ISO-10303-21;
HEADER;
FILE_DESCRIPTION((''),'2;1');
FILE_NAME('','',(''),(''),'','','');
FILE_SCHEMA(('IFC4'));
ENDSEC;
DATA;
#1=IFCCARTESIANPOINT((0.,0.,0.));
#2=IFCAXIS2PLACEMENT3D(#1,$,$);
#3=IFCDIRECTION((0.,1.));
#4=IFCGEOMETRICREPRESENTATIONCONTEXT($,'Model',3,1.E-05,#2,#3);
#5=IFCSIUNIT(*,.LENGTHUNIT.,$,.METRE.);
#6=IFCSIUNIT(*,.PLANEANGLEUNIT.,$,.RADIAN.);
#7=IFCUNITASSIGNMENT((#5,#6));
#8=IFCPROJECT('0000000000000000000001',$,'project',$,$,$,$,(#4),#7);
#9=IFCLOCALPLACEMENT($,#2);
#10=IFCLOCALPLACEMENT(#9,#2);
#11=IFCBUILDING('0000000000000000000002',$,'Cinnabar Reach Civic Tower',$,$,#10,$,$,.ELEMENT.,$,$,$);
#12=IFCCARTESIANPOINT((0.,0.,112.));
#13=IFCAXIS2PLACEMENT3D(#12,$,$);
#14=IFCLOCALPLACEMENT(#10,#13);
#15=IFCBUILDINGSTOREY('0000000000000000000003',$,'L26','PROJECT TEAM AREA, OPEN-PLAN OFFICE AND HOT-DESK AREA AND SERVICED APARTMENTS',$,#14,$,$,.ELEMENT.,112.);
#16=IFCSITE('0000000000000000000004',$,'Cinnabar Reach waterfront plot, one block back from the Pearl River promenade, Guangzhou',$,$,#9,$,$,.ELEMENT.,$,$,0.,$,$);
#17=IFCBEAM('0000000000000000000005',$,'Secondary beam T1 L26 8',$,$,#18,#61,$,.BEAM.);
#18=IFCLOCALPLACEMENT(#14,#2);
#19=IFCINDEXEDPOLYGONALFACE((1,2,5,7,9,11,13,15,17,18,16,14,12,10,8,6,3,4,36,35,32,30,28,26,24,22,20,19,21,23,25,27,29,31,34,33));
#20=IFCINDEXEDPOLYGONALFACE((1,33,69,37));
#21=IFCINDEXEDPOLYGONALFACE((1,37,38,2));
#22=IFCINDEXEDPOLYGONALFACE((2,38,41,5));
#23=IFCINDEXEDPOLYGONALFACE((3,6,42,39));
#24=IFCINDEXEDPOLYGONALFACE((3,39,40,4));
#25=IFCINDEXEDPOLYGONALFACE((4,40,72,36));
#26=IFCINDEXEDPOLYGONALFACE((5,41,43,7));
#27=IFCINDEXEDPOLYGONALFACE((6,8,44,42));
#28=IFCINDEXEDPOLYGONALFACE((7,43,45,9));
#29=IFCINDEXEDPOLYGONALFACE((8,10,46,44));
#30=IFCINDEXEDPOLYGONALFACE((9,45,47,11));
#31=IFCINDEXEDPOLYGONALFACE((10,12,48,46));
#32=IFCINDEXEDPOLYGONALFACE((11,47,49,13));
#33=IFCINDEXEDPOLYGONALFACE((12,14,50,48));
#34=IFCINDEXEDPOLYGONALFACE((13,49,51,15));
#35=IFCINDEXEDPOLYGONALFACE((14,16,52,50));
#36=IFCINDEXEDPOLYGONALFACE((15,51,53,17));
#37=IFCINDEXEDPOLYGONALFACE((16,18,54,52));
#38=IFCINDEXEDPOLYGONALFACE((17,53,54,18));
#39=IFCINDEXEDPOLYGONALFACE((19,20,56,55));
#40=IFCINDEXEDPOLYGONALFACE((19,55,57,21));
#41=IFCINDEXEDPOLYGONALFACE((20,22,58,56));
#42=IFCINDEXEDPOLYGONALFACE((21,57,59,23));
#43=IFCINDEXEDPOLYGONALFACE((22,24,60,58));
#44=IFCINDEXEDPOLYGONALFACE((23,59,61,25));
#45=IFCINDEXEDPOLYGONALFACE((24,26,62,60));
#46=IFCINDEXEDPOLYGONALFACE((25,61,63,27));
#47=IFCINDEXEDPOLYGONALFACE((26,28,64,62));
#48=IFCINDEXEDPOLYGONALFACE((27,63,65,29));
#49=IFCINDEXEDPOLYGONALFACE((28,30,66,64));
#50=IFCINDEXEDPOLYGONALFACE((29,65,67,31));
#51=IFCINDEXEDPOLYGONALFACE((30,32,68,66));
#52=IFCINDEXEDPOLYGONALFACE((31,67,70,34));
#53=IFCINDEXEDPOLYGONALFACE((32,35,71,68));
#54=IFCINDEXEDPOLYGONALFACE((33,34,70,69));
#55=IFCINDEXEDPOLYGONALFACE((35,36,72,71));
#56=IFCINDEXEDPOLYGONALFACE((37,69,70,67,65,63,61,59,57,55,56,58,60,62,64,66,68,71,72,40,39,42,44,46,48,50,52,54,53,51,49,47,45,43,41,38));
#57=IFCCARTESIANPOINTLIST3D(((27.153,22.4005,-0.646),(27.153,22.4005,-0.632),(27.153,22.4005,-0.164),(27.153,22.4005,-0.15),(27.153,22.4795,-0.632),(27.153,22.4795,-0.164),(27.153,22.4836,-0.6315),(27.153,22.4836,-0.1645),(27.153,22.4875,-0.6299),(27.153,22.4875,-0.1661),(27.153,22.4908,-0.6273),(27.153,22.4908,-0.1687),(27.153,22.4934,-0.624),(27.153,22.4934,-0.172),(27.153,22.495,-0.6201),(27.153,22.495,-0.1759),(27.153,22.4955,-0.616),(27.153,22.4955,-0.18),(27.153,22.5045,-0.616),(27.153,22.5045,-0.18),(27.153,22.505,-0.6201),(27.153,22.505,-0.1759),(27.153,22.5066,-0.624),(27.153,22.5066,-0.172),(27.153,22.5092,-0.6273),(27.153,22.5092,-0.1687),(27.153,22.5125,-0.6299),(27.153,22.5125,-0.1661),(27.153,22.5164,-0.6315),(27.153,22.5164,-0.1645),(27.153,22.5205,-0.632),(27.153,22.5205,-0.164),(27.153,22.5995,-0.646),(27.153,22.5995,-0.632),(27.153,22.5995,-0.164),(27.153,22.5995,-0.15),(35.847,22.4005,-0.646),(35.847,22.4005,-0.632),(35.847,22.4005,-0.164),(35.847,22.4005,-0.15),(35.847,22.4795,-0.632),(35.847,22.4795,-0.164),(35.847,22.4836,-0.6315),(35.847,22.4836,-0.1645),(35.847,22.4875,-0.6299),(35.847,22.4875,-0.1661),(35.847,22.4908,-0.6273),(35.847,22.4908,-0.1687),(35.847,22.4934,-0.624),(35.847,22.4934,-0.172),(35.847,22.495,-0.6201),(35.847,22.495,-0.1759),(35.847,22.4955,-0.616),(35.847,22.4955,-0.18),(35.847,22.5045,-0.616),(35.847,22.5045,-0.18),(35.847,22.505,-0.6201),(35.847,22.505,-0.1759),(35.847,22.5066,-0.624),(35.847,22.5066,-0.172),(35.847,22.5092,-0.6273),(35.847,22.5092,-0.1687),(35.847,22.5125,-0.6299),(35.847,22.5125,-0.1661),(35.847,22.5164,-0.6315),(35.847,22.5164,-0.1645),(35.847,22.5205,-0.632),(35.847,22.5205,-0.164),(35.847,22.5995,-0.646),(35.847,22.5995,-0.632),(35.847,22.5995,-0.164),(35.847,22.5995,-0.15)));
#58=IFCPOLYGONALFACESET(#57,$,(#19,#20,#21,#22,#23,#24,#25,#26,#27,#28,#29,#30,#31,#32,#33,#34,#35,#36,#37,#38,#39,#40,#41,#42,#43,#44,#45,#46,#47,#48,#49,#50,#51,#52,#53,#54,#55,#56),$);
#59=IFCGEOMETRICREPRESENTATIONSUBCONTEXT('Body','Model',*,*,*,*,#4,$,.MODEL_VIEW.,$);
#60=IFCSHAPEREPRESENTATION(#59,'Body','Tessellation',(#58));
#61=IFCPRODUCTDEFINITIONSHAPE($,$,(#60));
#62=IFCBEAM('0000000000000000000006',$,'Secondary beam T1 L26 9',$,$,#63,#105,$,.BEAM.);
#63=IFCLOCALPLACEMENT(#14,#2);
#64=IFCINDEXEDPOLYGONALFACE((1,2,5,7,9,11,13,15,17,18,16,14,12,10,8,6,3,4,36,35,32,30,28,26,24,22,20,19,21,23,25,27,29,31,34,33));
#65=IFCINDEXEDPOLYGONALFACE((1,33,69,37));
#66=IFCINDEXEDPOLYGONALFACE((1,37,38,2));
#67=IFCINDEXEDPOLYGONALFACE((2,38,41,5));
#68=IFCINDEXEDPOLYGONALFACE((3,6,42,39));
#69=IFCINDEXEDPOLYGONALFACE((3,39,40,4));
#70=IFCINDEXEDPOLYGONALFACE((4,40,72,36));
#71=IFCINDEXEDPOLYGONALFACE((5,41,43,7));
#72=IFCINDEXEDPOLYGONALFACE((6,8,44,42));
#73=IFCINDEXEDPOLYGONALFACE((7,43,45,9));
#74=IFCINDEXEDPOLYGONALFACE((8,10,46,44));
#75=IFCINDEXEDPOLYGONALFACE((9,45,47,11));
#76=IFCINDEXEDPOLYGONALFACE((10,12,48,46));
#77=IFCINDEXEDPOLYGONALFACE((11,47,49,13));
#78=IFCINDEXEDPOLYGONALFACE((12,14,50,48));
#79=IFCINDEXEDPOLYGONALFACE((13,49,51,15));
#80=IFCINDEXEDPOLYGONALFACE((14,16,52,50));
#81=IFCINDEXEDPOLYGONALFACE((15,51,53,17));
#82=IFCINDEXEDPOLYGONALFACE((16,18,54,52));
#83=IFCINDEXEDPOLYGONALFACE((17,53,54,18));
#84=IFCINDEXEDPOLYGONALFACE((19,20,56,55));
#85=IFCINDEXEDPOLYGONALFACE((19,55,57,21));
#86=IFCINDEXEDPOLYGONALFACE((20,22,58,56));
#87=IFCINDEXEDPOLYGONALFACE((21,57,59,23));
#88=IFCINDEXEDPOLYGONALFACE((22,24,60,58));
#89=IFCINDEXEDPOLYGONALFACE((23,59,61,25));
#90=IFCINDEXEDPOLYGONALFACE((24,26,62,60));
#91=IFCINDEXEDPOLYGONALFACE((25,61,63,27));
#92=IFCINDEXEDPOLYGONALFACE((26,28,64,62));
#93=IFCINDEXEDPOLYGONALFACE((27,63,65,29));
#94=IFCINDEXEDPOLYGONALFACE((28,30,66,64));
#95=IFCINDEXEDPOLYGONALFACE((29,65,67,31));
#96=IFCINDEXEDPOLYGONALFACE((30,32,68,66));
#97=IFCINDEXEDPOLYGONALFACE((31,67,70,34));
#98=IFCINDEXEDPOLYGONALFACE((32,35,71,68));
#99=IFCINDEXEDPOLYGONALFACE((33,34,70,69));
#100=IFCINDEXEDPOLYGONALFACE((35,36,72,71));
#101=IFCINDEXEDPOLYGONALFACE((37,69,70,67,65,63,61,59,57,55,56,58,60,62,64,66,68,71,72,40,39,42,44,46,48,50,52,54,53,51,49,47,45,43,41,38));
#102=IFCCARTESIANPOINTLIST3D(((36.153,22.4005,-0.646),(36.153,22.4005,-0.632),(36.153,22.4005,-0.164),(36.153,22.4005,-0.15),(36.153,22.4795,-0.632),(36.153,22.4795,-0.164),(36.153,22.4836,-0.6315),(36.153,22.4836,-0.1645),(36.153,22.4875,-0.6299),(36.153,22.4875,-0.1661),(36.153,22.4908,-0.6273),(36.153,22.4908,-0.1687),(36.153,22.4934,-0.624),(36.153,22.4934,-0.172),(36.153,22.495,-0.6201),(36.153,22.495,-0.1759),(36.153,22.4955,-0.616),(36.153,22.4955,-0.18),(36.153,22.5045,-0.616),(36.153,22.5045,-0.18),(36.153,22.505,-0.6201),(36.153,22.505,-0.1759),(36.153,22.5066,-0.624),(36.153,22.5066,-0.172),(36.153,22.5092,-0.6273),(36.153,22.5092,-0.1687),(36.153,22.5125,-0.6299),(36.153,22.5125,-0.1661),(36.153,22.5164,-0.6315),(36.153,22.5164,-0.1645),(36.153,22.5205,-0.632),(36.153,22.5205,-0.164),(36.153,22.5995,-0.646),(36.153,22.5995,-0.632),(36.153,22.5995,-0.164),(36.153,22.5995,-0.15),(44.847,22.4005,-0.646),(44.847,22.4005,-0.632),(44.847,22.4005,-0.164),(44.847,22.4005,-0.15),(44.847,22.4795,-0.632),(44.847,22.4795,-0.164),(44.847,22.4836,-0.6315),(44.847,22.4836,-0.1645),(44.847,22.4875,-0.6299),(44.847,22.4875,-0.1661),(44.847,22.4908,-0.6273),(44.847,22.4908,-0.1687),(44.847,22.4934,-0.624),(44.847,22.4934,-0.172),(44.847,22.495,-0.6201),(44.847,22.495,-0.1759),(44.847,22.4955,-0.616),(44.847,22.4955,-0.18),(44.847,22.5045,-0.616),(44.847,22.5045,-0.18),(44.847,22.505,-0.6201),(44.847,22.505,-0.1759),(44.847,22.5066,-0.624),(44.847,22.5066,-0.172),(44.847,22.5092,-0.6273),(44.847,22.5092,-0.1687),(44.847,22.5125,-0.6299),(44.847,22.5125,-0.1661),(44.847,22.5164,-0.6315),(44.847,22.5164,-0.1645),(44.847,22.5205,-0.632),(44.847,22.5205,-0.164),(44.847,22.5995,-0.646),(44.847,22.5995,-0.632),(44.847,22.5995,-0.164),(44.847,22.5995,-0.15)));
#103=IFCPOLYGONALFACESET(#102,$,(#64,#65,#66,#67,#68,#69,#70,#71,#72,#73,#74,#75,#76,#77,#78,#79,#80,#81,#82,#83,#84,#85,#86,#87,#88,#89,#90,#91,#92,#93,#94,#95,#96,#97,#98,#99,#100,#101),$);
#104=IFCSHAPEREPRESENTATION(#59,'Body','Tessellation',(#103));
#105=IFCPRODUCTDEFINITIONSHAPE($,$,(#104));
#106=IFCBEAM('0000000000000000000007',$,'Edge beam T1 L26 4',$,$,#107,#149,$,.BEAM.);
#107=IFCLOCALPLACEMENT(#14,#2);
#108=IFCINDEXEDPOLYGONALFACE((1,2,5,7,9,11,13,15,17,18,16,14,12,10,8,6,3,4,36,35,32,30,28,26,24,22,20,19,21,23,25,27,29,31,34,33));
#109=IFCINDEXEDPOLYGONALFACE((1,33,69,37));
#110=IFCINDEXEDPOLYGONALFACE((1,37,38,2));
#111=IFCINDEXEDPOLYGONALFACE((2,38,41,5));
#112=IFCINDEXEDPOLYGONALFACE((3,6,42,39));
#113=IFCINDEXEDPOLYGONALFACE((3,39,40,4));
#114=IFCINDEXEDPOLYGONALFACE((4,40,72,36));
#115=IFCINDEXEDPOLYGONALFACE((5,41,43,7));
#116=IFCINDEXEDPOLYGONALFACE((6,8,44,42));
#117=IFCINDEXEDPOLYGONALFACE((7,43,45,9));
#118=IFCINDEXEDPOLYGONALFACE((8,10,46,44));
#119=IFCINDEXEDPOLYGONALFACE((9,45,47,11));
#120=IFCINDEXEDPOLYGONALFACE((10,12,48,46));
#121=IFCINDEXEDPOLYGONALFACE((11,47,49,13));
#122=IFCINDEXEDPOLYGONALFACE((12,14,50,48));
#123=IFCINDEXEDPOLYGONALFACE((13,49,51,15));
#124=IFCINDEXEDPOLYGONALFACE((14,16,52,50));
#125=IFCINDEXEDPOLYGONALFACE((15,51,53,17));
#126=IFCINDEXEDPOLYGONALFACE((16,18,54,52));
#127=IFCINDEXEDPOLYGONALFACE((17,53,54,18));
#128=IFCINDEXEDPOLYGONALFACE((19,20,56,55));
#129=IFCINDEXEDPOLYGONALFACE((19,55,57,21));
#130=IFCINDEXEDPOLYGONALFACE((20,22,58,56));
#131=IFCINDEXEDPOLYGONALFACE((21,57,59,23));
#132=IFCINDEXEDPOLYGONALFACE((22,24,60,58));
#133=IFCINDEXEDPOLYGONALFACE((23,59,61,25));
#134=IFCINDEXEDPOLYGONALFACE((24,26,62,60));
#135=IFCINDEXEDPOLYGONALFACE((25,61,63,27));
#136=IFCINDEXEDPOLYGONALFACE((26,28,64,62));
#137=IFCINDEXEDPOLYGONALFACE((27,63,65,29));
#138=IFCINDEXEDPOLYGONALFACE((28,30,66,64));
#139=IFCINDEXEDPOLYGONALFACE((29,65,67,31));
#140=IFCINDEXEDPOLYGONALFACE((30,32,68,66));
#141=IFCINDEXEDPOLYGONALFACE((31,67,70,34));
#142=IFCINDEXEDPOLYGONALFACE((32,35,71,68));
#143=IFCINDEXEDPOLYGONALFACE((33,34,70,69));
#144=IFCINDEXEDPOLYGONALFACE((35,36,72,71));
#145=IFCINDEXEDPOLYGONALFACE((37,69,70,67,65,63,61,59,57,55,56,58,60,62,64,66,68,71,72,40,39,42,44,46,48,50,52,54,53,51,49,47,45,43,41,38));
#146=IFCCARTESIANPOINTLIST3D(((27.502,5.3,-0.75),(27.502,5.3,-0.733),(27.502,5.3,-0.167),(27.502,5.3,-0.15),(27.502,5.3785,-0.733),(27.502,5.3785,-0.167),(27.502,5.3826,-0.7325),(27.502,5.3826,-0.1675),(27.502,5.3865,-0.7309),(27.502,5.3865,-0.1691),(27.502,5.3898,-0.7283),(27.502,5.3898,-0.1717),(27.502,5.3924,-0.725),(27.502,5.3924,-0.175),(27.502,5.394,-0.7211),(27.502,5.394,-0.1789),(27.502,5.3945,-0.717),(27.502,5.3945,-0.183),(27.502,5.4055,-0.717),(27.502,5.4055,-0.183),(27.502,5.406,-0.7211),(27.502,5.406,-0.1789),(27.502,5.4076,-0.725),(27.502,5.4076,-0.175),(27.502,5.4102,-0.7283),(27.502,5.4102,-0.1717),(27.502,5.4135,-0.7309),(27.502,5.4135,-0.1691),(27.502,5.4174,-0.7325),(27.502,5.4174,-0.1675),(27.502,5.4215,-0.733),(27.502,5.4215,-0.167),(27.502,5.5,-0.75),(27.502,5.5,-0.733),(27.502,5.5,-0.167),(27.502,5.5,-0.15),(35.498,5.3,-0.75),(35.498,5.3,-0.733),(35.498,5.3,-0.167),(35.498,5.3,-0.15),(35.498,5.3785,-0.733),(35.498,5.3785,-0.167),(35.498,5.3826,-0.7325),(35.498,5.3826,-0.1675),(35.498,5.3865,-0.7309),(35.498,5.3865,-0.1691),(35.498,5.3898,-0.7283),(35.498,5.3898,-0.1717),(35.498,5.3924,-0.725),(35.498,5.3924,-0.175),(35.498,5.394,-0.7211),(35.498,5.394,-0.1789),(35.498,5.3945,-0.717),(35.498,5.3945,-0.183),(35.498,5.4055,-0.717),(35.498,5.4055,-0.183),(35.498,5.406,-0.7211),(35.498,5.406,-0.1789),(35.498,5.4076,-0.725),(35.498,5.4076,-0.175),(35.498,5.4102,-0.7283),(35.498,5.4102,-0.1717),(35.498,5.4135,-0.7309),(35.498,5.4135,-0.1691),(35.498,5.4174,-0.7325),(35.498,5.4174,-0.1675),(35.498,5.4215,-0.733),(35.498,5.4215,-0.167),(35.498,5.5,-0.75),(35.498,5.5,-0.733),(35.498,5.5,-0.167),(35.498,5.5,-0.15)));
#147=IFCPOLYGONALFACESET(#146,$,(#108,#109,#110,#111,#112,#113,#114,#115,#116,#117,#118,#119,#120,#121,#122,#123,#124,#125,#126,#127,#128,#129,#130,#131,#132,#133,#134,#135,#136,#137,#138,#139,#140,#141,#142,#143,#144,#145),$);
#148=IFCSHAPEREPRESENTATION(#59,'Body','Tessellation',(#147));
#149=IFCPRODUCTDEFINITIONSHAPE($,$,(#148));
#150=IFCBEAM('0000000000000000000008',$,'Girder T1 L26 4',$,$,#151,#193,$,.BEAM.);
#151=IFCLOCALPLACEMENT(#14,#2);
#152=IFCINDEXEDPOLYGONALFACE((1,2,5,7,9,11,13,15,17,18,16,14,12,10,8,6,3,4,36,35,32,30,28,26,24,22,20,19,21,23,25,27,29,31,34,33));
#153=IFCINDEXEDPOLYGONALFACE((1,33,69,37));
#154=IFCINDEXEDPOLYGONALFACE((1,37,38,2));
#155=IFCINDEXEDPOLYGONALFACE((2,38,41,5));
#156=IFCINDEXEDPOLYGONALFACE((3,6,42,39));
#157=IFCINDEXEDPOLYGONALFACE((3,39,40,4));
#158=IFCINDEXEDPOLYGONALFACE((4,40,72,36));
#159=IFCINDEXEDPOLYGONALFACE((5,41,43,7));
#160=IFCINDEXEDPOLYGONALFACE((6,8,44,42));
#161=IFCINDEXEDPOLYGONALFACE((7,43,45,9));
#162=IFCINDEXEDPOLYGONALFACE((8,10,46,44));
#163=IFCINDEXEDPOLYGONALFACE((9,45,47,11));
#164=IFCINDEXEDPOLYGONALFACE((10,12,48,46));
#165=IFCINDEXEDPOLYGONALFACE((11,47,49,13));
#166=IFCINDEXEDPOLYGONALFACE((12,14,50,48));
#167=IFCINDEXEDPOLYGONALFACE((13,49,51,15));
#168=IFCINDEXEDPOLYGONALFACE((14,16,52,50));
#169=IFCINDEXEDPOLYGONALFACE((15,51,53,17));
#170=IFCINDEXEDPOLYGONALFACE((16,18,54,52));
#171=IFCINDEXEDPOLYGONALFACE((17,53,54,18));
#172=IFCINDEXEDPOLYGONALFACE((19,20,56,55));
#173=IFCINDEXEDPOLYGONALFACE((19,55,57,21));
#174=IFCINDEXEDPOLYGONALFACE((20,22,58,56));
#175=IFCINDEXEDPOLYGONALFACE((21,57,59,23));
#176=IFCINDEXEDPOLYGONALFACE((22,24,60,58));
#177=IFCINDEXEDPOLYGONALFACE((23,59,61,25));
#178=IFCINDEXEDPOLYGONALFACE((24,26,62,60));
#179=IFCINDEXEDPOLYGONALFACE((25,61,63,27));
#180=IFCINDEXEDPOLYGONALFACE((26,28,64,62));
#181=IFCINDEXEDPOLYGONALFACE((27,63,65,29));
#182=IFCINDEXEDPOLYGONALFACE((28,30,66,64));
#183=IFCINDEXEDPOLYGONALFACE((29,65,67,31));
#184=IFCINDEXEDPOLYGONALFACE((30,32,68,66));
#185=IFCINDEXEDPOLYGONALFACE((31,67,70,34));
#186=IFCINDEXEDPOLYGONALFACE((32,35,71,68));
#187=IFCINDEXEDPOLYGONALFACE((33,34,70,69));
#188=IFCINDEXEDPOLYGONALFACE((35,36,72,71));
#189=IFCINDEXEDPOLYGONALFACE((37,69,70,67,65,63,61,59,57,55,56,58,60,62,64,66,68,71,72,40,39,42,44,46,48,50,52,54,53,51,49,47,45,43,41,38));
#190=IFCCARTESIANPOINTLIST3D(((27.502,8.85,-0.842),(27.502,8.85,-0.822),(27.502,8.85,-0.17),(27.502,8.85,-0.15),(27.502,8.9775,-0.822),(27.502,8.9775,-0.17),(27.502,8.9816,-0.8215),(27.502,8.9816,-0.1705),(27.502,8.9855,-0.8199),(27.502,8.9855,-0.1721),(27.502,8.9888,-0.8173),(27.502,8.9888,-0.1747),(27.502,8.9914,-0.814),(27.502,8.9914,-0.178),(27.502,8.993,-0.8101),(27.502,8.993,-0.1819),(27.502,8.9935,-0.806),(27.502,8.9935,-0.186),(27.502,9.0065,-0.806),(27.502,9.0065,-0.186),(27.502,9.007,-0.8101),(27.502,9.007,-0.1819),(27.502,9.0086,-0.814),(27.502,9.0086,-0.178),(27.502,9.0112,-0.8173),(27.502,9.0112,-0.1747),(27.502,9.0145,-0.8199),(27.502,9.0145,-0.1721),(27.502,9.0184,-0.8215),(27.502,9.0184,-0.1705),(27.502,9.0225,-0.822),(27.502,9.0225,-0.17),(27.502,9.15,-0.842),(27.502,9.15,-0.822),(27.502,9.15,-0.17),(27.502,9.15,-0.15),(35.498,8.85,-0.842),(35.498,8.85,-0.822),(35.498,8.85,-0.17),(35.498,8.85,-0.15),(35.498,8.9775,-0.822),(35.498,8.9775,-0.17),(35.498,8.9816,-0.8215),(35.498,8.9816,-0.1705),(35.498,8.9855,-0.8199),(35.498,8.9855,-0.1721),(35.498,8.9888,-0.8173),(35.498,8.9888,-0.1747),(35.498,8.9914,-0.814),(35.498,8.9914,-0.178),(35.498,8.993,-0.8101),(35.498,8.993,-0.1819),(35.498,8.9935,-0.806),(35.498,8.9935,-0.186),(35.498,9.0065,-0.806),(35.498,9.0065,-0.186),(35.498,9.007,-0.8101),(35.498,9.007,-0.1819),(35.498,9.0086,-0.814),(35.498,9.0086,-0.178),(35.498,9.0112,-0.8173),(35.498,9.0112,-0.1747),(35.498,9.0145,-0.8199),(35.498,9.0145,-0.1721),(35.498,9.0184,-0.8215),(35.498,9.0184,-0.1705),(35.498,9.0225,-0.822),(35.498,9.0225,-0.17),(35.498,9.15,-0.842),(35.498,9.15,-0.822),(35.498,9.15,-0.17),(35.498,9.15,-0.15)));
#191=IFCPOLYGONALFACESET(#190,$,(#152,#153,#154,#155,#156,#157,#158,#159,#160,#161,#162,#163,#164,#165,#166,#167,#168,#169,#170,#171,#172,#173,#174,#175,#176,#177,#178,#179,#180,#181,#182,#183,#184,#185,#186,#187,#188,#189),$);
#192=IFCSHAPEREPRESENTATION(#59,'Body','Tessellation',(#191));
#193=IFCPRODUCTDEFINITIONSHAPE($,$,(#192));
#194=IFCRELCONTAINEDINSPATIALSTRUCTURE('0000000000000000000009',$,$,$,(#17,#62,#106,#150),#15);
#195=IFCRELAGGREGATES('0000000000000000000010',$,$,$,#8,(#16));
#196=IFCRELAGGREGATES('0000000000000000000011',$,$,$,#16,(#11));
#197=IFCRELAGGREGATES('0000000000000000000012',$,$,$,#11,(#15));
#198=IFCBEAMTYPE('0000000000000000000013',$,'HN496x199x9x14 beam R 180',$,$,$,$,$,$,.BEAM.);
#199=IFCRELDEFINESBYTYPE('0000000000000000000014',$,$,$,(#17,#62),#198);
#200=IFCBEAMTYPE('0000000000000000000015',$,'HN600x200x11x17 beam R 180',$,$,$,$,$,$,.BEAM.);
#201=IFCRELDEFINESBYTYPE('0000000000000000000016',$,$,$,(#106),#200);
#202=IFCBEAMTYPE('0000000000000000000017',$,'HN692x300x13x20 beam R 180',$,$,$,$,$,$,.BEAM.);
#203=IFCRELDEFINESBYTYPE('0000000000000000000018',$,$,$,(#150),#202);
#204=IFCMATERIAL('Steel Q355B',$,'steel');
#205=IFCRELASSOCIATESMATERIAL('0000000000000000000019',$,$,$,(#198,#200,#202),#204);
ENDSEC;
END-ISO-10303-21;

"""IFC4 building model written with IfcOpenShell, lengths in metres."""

from ifc_helpers import new_model, si_unit, direction, frame, origin, origin_2d, place, context, subcontext, project, spatial, i_section, extrude, material, material_profile, profile_set, type_object, element, save


model = new_model("IFC4")

# Units and contexts
model_context = context("Model", 3, precision=1e-05, world=origin(), true_north=direction((0.0, 1.0)))
body_context = subcontext(model_context, "Body", "Model", "MODEL_VIEW")
ifc_project = project(units=[si_unit("LENGTHUNIT", "METRE"), si_unit("PLANEANGLEUNIT", "RADIAN")], contexts=[model_context])

# Site, building, storey
site_placement = place(None, origin())
site = spatial("IfcSite", under=ifc_project, at=site_placement, Name="Cinnabar Reach waterfront plot, one block back from the Pearl River promenade, Guangzhou", CompositionType="ELEMENT", RefElevation=0.0)
building_placement = place(site_placement, origin())
building = spatial("IfcBuilding", under=site, at=building_placement, Name="Cinnabar Reach Civic Tower", CompositionType="ELEMENT")
storey_placement = place(building_placement, frame((0.0, 0.0, 112.0)))
storey = spatial("IfcBuildingStorey", under=building, at=storey_placement, Name="L26", Description="PROJECT TEAM AREA, OPEN-PLAN OFFICE AND HOT-DESK AREA AND SERVICED APARTMENTS", CompositionType="ELEMENT", Elevation=112.0)

# Beams
ifc_material_1 = material(Name="Steel Q355B", Category="steel")
ifc_material_profile_1 = material_profile(ifc_material_1, i_section(OverallWidth=0.199, OverallDepth=0.496, WebThickness=0.009, FlangeThickness=0.014, FilletRadius=0.016, at=origin_2d()), Name="HN496x199x9x14")
ifc_profile_set_1 = profile_set([ifc_material_profile_1], Name="Steel Q355B")
beam_type_1 = type_object("IfcBeamType", Name="HN496x199x9x14 beam R 180", PredefinedType="BEAM", material=ifc_profile_set_1)
for number, where, z_axis, x_axis, name in (
    (1, (27.153, 22.5, -0.398), (1.0, 0.0, 0.0), (0.0, 1.0, 0.0), "Secondary beam T1 L26 8"),
    (2, (36.153, 22.5, -0.398), (1.0, 0.0, 0.0), (0.0, 1.0, 0.0), "Secondary beam T1 L26 9"),
):
    element("IfcBeam", number, at=place(storey_placement, frame(where, z_axis=z_axis, x_axis=x_axis)), inside=storey, type_object=beam_type_1, Name=name, PredefinedType="BEAM", context=body_context, shape_type="SweptSolid", body=[
        extrude(i_section(OverallWidth=0.199, OverallDepth=0.496, WebThickness=0.009, FlangeThickness=0.014, FilletRadius=0.016, at=origin_2d()), origin(), (0.0, 0.0, 1.0), 8.694),
    ])
ifc_material_profile_2 = material_profile(ifc_material_1, i_section(OverallWidth=0.2, OverallDepth=0.6, WebThickness=0.011, FlangeThickness=0.017, FilletRadius=0.016, at=origin_2d()), Name="HN600x200x11x17")
ifc_profile_set_2 = profile_set([ifc_material_profile_2], Name="Steel Q355B")
beam_type_2 = type_object("IfcBeamType", Name="HN600x200x11x17 beam R 180", PredefinedType="BEAM", material=ifc_profile_set_2)
beam_1_placement = place(storey_placement, frame((27.502, 5.4, -0.45), z_axis=(1.0, 0.0, 0.0), x_axis=(0.0, 1.0, 0.0)))
element("IfcBeam", 3, at=beam_1_placement, inside=storey, type_object=beam_type_2, Name="Edge beam T1 L26 4", PredefinedType="BEAM", context=body_context, shape_type="SweptSolid", body=[
    extrude(i_section(OverallWidth=0.2, OverallDepth=0.6, WebThickness=0.011, FlangeThickness=0.017, FilletRadius=0.016, at=origin_2d()), origin(), (0.0, 0.0, 1.0), 7.996),
])
ifc_material_profile_3 = material_profile(ifc_material_1, i_section(OverallWidth=0.3, OverallDepth=0.692, WebThickness=0.013, FlangeThickness=0.02, FilletRadius=0.016, at=origin_2d()), Name="HN692x300x13x20")
ifc_profile_set_3 = profile_set([ifc_material_profile_3], Name="Steel Q355B")
beam_type_3 = type_object("IfcBeamType", Name="HN692x300x13x20 beam R 180", PredefinedType="BEAM", material=ifc_profile_set_3)
for number, where, z_axis, x_axis, name in (
    (4, (27.502, 9.0, -0.496), (1.0, 0.0, 0.0), (0.0, 1.0, 0.0), "Girder T1 L26 4"),
):
    element("IfcBeam", number, at=place(storey_placement, frame(where, z_axis=z_axis, x_axis=x_axis)), inside=storey, type_object=beam_type_3, Name=name, PredefinedType="BEAM", context=body_context, shape_type="SweptSolid", body=[
        extrude(i_section(OverallWidth=0.3, OverallDepth=0.692, WebThickness=0.013, FlangeThickness=0.02, FilletRadius=0.016, at=origin_2d()), origin(), (0.0, 0.0, 1.0), 7.996),
    ])

save(model, "model.ifc")
